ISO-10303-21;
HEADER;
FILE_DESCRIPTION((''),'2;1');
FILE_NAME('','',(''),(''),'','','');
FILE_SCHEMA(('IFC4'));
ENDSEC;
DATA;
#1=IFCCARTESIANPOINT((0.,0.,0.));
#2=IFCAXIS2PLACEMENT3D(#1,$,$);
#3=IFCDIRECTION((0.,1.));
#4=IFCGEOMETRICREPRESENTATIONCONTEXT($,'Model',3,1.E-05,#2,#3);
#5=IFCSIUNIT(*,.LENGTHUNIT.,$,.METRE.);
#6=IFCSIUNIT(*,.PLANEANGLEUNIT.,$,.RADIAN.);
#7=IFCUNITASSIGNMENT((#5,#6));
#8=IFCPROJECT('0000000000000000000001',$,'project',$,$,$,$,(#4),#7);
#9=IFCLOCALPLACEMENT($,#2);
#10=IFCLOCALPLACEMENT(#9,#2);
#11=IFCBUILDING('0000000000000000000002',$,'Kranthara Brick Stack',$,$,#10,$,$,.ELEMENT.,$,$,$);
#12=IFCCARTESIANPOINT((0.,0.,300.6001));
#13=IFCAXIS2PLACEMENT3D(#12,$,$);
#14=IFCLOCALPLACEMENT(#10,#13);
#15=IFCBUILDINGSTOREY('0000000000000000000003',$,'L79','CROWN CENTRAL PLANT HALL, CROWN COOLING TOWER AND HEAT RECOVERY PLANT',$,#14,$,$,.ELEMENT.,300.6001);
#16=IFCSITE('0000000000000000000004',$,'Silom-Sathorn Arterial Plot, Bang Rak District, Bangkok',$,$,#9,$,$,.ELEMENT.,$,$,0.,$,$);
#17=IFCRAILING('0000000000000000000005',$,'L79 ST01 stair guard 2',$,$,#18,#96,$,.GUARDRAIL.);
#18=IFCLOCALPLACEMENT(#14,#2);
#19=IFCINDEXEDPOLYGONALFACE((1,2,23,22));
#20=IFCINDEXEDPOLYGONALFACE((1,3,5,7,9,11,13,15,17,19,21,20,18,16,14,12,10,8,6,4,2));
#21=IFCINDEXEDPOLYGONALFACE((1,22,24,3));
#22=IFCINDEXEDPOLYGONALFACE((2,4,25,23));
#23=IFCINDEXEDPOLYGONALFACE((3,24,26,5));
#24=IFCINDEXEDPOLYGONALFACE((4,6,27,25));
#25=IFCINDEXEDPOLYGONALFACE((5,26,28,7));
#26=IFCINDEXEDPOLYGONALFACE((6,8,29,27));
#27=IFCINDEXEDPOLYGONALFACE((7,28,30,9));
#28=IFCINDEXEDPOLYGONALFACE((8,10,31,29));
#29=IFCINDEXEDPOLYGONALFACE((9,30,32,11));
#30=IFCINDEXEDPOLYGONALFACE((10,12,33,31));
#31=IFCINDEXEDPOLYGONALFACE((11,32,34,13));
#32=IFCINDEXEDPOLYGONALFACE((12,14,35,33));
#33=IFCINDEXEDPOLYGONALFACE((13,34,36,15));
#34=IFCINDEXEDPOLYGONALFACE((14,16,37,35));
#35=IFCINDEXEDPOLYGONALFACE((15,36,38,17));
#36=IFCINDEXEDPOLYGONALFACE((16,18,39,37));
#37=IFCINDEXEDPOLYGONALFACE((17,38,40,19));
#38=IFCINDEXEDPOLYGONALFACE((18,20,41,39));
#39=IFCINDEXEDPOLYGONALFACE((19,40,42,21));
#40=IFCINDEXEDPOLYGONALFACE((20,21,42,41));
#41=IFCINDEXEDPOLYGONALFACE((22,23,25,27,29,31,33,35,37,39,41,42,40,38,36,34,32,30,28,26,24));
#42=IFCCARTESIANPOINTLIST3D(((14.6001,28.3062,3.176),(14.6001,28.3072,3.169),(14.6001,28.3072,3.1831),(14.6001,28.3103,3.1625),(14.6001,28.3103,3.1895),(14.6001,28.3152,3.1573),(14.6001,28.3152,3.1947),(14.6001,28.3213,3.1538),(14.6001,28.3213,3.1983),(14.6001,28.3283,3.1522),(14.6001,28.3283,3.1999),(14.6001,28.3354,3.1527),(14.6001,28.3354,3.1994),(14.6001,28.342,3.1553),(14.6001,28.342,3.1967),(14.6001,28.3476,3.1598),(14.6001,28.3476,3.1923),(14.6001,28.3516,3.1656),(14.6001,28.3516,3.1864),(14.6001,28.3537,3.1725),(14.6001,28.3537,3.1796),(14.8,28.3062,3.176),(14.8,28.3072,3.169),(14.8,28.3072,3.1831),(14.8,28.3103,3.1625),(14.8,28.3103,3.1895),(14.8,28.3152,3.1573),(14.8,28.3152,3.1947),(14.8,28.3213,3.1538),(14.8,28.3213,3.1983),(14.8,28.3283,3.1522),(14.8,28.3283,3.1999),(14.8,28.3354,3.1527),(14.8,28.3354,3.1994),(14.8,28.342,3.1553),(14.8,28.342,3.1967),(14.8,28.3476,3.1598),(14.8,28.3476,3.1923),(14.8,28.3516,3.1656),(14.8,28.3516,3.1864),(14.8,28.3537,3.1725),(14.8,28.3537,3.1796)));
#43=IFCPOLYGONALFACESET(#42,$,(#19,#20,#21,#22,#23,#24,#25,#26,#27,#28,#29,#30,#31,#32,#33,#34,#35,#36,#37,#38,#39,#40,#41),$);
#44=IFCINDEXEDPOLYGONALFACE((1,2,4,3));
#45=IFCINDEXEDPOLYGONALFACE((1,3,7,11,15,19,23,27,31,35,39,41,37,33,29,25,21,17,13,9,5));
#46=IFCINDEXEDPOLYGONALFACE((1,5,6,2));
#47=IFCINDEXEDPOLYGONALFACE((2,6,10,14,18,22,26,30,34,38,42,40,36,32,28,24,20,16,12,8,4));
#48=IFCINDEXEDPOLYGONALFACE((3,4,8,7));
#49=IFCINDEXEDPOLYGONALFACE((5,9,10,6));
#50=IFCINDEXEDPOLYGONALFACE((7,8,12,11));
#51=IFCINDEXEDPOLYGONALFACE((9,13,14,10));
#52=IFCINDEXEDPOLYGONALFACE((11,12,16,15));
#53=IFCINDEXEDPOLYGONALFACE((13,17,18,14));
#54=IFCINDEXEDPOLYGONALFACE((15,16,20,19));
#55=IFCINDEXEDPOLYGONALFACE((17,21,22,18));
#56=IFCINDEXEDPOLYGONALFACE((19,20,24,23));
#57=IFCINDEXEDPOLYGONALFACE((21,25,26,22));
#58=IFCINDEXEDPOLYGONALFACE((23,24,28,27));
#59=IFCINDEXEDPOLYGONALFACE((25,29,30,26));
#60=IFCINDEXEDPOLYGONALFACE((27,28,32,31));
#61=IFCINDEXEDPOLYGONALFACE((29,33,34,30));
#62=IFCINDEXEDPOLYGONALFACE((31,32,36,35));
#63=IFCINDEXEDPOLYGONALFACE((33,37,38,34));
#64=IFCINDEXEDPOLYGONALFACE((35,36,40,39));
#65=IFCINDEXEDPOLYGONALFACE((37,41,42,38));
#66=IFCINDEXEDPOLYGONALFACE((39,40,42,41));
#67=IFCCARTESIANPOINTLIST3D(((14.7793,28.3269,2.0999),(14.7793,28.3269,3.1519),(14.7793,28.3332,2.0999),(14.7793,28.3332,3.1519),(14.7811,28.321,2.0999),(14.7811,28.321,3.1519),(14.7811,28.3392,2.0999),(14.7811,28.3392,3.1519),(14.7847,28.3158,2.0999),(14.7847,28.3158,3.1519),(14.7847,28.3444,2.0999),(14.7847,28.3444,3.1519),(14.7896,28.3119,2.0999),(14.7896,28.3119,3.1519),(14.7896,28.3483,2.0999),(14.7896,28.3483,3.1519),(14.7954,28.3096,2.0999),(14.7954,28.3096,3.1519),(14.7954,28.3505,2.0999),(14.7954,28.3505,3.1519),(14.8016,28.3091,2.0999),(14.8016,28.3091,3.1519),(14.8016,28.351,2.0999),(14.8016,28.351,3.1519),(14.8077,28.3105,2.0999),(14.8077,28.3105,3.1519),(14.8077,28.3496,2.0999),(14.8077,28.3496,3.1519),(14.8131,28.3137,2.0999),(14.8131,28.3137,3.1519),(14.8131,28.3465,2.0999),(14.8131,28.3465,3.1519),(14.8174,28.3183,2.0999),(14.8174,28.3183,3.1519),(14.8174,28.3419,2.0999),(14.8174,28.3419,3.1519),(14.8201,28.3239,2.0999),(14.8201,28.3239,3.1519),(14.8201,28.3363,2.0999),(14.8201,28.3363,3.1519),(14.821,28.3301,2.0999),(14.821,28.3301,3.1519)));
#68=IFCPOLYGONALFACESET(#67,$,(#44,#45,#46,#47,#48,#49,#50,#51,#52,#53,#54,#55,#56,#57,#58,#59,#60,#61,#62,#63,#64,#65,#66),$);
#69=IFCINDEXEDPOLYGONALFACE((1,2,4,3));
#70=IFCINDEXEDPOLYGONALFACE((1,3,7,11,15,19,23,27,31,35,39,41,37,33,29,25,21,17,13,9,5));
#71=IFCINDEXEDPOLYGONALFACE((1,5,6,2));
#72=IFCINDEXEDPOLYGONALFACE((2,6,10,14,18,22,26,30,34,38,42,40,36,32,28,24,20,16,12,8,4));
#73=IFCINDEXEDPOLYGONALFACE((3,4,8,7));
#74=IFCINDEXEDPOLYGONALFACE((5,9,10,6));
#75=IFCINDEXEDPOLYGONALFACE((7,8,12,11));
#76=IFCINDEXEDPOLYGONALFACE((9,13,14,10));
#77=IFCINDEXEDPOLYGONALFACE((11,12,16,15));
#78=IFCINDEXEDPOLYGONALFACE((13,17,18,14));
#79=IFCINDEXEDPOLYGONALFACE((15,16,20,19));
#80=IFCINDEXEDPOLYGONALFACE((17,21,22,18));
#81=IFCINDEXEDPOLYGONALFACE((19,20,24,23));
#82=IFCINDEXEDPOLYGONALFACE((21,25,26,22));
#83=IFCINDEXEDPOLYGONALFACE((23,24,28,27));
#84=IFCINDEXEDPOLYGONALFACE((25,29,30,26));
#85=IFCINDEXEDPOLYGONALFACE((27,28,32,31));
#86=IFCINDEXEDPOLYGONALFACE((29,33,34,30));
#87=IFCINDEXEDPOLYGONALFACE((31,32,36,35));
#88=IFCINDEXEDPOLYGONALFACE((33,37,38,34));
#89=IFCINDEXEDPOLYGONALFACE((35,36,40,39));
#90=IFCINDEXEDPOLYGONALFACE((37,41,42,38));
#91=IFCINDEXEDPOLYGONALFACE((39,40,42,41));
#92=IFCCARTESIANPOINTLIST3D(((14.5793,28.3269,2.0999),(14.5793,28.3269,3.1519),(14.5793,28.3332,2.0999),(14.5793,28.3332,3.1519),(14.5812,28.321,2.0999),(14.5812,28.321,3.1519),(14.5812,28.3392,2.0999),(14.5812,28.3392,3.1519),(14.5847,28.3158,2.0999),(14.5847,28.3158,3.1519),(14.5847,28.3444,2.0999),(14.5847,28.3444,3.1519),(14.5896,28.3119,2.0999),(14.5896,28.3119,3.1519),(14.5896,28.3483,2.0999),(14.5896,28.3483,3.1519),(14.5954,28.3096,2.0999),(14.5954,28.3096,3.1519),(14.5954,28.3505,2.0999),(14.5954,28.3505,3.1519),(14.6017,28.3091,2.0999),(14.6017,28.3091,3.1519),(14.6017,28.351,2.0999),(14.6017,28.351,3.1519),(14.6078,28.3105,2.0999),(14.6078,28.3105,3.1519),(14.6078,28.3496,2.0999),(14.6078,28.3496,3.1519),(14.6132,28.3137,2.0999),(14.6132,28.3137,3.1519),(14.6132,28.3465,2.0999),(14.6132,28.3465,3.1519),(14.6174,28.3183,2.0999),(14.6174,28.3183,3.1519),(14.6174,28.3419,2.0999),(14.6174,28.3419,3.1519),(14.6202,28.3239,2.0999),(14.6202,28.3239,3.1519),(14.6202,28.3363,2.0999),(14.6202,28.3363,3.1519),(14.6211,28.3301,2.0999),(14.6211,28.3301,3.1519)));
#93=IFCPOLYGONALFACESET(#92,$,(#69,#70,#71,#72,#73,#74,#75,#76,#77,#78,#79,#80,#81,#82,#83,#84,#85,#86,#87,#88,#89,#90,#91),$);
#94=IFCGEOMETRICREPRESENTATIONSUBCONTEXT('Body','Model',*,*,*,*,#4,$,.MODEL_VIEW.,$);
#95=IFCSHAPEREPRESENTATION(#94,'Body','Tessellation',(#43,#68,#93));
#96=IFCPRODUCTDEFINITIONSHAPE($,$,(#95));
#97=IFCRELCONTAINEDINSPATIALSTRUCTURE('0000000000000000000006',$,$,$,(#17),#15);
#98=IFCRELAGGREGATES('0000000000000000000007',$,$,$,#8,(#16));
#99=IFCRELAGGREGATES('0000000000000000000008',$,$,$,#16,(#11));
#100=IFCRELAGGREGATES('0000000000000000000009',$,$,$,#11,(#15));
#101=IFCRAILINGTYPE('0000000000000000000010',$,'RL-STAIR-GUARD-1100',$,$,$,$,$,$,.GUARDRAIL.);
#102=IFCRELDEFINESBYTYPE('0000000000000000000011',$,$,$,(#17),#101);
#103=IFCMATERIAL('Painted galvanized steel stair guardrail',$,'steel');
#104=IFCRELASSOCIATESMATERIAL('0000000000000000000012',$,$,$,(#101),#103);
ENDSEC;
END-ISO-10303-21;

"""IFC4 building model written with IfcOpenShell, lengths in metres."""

from ifc_helpers import new_model, si_unit, direction, frame, origin, origin_2d, place, context, subcontext, project, spatial, circle, extrude, material, type_object, element, save


model = new_model("IFC4")

# Units and contexts
model_context = context("Model", 3, precision=1e-05, world=origin(), true_north=direction((0.0, 1.0)))
body_context = subcontext(model_context, "Body", "Model", "MODEL_VIEW")
ifc_project = project(units=[si_unit("LENGTHUNIT", "METRE"), si_unit("PLANEANGLEUNIT", "RADIAN")], contexts=[model_context])

# Site, building, storey
site_placement = place(None, origin())
site = spatial("IfcSite", under=ifc_project, at=site_placement, Name="Silom-Sathorn Arterial Plot, Bang Rak District, Bangkok", CompositionType="ELEMENT", RefElevation=0.0)
building_placement = place(site_placement, origin())
building = spatial("IfcBuilding", under=site, at=building_placement, Name="Kranthara Brick Stack", CompositionType="ELEMENT")
storey_placement = place(building_placement, frame((0.0, 0.0, 300.6001)))
storey = spatial("IfcBuildingStorey", under=building, at=storey_placement, Name="L79", Description="CROWN CENTRAL PLANT HALL, CROWN COOLING TOWER AND HEAT RECOVERY PLANT", CompositionType="ELEMENT", Elevation=300.6001)

# Railing
ifc_material_1 = material(Name="Painted galvanized steel stair guardrail", Category="steel")
railing_type_1 = type_object("IfcRailingType", Name="RL-STAIR-GUARD-1100", PredefinedType="GUARDRAIL", material=ifc_material_1)
railing_1_placement = place(storey_placement, frame((14.8, 28.3301, 2.0999)))
element("IfcRailing", 1, at=railing_1_placement, inside=storey, type_object=railing_type_1, Name="L79 ST01 stair guard 2", PredefinedType="GUARDRAIL", context=body_context, shape_type="SweptSolid", body=[
    extrude(circle(Radius=0.0239, at=origin_2d()), frame((0.0, 0.0, 1.0762), z_axis=(-1.0, 0.0, 0.0), x_axis=(0.0, -1.0, 0.0)), (0.0, 0.0, 1.0), 0.2),
    extrude(circle(Radius=0.021, at=origin_2d()), origin(), (0.0, 0.0, 1.0), 1.052),
    extrude(circle(Radius=0.021, at=origin_2d()), frame((-0.2, 0.0, 0.0)), (0.0, 0.0, 1.0), 1.052),
])

save(model, "model.ifc")
